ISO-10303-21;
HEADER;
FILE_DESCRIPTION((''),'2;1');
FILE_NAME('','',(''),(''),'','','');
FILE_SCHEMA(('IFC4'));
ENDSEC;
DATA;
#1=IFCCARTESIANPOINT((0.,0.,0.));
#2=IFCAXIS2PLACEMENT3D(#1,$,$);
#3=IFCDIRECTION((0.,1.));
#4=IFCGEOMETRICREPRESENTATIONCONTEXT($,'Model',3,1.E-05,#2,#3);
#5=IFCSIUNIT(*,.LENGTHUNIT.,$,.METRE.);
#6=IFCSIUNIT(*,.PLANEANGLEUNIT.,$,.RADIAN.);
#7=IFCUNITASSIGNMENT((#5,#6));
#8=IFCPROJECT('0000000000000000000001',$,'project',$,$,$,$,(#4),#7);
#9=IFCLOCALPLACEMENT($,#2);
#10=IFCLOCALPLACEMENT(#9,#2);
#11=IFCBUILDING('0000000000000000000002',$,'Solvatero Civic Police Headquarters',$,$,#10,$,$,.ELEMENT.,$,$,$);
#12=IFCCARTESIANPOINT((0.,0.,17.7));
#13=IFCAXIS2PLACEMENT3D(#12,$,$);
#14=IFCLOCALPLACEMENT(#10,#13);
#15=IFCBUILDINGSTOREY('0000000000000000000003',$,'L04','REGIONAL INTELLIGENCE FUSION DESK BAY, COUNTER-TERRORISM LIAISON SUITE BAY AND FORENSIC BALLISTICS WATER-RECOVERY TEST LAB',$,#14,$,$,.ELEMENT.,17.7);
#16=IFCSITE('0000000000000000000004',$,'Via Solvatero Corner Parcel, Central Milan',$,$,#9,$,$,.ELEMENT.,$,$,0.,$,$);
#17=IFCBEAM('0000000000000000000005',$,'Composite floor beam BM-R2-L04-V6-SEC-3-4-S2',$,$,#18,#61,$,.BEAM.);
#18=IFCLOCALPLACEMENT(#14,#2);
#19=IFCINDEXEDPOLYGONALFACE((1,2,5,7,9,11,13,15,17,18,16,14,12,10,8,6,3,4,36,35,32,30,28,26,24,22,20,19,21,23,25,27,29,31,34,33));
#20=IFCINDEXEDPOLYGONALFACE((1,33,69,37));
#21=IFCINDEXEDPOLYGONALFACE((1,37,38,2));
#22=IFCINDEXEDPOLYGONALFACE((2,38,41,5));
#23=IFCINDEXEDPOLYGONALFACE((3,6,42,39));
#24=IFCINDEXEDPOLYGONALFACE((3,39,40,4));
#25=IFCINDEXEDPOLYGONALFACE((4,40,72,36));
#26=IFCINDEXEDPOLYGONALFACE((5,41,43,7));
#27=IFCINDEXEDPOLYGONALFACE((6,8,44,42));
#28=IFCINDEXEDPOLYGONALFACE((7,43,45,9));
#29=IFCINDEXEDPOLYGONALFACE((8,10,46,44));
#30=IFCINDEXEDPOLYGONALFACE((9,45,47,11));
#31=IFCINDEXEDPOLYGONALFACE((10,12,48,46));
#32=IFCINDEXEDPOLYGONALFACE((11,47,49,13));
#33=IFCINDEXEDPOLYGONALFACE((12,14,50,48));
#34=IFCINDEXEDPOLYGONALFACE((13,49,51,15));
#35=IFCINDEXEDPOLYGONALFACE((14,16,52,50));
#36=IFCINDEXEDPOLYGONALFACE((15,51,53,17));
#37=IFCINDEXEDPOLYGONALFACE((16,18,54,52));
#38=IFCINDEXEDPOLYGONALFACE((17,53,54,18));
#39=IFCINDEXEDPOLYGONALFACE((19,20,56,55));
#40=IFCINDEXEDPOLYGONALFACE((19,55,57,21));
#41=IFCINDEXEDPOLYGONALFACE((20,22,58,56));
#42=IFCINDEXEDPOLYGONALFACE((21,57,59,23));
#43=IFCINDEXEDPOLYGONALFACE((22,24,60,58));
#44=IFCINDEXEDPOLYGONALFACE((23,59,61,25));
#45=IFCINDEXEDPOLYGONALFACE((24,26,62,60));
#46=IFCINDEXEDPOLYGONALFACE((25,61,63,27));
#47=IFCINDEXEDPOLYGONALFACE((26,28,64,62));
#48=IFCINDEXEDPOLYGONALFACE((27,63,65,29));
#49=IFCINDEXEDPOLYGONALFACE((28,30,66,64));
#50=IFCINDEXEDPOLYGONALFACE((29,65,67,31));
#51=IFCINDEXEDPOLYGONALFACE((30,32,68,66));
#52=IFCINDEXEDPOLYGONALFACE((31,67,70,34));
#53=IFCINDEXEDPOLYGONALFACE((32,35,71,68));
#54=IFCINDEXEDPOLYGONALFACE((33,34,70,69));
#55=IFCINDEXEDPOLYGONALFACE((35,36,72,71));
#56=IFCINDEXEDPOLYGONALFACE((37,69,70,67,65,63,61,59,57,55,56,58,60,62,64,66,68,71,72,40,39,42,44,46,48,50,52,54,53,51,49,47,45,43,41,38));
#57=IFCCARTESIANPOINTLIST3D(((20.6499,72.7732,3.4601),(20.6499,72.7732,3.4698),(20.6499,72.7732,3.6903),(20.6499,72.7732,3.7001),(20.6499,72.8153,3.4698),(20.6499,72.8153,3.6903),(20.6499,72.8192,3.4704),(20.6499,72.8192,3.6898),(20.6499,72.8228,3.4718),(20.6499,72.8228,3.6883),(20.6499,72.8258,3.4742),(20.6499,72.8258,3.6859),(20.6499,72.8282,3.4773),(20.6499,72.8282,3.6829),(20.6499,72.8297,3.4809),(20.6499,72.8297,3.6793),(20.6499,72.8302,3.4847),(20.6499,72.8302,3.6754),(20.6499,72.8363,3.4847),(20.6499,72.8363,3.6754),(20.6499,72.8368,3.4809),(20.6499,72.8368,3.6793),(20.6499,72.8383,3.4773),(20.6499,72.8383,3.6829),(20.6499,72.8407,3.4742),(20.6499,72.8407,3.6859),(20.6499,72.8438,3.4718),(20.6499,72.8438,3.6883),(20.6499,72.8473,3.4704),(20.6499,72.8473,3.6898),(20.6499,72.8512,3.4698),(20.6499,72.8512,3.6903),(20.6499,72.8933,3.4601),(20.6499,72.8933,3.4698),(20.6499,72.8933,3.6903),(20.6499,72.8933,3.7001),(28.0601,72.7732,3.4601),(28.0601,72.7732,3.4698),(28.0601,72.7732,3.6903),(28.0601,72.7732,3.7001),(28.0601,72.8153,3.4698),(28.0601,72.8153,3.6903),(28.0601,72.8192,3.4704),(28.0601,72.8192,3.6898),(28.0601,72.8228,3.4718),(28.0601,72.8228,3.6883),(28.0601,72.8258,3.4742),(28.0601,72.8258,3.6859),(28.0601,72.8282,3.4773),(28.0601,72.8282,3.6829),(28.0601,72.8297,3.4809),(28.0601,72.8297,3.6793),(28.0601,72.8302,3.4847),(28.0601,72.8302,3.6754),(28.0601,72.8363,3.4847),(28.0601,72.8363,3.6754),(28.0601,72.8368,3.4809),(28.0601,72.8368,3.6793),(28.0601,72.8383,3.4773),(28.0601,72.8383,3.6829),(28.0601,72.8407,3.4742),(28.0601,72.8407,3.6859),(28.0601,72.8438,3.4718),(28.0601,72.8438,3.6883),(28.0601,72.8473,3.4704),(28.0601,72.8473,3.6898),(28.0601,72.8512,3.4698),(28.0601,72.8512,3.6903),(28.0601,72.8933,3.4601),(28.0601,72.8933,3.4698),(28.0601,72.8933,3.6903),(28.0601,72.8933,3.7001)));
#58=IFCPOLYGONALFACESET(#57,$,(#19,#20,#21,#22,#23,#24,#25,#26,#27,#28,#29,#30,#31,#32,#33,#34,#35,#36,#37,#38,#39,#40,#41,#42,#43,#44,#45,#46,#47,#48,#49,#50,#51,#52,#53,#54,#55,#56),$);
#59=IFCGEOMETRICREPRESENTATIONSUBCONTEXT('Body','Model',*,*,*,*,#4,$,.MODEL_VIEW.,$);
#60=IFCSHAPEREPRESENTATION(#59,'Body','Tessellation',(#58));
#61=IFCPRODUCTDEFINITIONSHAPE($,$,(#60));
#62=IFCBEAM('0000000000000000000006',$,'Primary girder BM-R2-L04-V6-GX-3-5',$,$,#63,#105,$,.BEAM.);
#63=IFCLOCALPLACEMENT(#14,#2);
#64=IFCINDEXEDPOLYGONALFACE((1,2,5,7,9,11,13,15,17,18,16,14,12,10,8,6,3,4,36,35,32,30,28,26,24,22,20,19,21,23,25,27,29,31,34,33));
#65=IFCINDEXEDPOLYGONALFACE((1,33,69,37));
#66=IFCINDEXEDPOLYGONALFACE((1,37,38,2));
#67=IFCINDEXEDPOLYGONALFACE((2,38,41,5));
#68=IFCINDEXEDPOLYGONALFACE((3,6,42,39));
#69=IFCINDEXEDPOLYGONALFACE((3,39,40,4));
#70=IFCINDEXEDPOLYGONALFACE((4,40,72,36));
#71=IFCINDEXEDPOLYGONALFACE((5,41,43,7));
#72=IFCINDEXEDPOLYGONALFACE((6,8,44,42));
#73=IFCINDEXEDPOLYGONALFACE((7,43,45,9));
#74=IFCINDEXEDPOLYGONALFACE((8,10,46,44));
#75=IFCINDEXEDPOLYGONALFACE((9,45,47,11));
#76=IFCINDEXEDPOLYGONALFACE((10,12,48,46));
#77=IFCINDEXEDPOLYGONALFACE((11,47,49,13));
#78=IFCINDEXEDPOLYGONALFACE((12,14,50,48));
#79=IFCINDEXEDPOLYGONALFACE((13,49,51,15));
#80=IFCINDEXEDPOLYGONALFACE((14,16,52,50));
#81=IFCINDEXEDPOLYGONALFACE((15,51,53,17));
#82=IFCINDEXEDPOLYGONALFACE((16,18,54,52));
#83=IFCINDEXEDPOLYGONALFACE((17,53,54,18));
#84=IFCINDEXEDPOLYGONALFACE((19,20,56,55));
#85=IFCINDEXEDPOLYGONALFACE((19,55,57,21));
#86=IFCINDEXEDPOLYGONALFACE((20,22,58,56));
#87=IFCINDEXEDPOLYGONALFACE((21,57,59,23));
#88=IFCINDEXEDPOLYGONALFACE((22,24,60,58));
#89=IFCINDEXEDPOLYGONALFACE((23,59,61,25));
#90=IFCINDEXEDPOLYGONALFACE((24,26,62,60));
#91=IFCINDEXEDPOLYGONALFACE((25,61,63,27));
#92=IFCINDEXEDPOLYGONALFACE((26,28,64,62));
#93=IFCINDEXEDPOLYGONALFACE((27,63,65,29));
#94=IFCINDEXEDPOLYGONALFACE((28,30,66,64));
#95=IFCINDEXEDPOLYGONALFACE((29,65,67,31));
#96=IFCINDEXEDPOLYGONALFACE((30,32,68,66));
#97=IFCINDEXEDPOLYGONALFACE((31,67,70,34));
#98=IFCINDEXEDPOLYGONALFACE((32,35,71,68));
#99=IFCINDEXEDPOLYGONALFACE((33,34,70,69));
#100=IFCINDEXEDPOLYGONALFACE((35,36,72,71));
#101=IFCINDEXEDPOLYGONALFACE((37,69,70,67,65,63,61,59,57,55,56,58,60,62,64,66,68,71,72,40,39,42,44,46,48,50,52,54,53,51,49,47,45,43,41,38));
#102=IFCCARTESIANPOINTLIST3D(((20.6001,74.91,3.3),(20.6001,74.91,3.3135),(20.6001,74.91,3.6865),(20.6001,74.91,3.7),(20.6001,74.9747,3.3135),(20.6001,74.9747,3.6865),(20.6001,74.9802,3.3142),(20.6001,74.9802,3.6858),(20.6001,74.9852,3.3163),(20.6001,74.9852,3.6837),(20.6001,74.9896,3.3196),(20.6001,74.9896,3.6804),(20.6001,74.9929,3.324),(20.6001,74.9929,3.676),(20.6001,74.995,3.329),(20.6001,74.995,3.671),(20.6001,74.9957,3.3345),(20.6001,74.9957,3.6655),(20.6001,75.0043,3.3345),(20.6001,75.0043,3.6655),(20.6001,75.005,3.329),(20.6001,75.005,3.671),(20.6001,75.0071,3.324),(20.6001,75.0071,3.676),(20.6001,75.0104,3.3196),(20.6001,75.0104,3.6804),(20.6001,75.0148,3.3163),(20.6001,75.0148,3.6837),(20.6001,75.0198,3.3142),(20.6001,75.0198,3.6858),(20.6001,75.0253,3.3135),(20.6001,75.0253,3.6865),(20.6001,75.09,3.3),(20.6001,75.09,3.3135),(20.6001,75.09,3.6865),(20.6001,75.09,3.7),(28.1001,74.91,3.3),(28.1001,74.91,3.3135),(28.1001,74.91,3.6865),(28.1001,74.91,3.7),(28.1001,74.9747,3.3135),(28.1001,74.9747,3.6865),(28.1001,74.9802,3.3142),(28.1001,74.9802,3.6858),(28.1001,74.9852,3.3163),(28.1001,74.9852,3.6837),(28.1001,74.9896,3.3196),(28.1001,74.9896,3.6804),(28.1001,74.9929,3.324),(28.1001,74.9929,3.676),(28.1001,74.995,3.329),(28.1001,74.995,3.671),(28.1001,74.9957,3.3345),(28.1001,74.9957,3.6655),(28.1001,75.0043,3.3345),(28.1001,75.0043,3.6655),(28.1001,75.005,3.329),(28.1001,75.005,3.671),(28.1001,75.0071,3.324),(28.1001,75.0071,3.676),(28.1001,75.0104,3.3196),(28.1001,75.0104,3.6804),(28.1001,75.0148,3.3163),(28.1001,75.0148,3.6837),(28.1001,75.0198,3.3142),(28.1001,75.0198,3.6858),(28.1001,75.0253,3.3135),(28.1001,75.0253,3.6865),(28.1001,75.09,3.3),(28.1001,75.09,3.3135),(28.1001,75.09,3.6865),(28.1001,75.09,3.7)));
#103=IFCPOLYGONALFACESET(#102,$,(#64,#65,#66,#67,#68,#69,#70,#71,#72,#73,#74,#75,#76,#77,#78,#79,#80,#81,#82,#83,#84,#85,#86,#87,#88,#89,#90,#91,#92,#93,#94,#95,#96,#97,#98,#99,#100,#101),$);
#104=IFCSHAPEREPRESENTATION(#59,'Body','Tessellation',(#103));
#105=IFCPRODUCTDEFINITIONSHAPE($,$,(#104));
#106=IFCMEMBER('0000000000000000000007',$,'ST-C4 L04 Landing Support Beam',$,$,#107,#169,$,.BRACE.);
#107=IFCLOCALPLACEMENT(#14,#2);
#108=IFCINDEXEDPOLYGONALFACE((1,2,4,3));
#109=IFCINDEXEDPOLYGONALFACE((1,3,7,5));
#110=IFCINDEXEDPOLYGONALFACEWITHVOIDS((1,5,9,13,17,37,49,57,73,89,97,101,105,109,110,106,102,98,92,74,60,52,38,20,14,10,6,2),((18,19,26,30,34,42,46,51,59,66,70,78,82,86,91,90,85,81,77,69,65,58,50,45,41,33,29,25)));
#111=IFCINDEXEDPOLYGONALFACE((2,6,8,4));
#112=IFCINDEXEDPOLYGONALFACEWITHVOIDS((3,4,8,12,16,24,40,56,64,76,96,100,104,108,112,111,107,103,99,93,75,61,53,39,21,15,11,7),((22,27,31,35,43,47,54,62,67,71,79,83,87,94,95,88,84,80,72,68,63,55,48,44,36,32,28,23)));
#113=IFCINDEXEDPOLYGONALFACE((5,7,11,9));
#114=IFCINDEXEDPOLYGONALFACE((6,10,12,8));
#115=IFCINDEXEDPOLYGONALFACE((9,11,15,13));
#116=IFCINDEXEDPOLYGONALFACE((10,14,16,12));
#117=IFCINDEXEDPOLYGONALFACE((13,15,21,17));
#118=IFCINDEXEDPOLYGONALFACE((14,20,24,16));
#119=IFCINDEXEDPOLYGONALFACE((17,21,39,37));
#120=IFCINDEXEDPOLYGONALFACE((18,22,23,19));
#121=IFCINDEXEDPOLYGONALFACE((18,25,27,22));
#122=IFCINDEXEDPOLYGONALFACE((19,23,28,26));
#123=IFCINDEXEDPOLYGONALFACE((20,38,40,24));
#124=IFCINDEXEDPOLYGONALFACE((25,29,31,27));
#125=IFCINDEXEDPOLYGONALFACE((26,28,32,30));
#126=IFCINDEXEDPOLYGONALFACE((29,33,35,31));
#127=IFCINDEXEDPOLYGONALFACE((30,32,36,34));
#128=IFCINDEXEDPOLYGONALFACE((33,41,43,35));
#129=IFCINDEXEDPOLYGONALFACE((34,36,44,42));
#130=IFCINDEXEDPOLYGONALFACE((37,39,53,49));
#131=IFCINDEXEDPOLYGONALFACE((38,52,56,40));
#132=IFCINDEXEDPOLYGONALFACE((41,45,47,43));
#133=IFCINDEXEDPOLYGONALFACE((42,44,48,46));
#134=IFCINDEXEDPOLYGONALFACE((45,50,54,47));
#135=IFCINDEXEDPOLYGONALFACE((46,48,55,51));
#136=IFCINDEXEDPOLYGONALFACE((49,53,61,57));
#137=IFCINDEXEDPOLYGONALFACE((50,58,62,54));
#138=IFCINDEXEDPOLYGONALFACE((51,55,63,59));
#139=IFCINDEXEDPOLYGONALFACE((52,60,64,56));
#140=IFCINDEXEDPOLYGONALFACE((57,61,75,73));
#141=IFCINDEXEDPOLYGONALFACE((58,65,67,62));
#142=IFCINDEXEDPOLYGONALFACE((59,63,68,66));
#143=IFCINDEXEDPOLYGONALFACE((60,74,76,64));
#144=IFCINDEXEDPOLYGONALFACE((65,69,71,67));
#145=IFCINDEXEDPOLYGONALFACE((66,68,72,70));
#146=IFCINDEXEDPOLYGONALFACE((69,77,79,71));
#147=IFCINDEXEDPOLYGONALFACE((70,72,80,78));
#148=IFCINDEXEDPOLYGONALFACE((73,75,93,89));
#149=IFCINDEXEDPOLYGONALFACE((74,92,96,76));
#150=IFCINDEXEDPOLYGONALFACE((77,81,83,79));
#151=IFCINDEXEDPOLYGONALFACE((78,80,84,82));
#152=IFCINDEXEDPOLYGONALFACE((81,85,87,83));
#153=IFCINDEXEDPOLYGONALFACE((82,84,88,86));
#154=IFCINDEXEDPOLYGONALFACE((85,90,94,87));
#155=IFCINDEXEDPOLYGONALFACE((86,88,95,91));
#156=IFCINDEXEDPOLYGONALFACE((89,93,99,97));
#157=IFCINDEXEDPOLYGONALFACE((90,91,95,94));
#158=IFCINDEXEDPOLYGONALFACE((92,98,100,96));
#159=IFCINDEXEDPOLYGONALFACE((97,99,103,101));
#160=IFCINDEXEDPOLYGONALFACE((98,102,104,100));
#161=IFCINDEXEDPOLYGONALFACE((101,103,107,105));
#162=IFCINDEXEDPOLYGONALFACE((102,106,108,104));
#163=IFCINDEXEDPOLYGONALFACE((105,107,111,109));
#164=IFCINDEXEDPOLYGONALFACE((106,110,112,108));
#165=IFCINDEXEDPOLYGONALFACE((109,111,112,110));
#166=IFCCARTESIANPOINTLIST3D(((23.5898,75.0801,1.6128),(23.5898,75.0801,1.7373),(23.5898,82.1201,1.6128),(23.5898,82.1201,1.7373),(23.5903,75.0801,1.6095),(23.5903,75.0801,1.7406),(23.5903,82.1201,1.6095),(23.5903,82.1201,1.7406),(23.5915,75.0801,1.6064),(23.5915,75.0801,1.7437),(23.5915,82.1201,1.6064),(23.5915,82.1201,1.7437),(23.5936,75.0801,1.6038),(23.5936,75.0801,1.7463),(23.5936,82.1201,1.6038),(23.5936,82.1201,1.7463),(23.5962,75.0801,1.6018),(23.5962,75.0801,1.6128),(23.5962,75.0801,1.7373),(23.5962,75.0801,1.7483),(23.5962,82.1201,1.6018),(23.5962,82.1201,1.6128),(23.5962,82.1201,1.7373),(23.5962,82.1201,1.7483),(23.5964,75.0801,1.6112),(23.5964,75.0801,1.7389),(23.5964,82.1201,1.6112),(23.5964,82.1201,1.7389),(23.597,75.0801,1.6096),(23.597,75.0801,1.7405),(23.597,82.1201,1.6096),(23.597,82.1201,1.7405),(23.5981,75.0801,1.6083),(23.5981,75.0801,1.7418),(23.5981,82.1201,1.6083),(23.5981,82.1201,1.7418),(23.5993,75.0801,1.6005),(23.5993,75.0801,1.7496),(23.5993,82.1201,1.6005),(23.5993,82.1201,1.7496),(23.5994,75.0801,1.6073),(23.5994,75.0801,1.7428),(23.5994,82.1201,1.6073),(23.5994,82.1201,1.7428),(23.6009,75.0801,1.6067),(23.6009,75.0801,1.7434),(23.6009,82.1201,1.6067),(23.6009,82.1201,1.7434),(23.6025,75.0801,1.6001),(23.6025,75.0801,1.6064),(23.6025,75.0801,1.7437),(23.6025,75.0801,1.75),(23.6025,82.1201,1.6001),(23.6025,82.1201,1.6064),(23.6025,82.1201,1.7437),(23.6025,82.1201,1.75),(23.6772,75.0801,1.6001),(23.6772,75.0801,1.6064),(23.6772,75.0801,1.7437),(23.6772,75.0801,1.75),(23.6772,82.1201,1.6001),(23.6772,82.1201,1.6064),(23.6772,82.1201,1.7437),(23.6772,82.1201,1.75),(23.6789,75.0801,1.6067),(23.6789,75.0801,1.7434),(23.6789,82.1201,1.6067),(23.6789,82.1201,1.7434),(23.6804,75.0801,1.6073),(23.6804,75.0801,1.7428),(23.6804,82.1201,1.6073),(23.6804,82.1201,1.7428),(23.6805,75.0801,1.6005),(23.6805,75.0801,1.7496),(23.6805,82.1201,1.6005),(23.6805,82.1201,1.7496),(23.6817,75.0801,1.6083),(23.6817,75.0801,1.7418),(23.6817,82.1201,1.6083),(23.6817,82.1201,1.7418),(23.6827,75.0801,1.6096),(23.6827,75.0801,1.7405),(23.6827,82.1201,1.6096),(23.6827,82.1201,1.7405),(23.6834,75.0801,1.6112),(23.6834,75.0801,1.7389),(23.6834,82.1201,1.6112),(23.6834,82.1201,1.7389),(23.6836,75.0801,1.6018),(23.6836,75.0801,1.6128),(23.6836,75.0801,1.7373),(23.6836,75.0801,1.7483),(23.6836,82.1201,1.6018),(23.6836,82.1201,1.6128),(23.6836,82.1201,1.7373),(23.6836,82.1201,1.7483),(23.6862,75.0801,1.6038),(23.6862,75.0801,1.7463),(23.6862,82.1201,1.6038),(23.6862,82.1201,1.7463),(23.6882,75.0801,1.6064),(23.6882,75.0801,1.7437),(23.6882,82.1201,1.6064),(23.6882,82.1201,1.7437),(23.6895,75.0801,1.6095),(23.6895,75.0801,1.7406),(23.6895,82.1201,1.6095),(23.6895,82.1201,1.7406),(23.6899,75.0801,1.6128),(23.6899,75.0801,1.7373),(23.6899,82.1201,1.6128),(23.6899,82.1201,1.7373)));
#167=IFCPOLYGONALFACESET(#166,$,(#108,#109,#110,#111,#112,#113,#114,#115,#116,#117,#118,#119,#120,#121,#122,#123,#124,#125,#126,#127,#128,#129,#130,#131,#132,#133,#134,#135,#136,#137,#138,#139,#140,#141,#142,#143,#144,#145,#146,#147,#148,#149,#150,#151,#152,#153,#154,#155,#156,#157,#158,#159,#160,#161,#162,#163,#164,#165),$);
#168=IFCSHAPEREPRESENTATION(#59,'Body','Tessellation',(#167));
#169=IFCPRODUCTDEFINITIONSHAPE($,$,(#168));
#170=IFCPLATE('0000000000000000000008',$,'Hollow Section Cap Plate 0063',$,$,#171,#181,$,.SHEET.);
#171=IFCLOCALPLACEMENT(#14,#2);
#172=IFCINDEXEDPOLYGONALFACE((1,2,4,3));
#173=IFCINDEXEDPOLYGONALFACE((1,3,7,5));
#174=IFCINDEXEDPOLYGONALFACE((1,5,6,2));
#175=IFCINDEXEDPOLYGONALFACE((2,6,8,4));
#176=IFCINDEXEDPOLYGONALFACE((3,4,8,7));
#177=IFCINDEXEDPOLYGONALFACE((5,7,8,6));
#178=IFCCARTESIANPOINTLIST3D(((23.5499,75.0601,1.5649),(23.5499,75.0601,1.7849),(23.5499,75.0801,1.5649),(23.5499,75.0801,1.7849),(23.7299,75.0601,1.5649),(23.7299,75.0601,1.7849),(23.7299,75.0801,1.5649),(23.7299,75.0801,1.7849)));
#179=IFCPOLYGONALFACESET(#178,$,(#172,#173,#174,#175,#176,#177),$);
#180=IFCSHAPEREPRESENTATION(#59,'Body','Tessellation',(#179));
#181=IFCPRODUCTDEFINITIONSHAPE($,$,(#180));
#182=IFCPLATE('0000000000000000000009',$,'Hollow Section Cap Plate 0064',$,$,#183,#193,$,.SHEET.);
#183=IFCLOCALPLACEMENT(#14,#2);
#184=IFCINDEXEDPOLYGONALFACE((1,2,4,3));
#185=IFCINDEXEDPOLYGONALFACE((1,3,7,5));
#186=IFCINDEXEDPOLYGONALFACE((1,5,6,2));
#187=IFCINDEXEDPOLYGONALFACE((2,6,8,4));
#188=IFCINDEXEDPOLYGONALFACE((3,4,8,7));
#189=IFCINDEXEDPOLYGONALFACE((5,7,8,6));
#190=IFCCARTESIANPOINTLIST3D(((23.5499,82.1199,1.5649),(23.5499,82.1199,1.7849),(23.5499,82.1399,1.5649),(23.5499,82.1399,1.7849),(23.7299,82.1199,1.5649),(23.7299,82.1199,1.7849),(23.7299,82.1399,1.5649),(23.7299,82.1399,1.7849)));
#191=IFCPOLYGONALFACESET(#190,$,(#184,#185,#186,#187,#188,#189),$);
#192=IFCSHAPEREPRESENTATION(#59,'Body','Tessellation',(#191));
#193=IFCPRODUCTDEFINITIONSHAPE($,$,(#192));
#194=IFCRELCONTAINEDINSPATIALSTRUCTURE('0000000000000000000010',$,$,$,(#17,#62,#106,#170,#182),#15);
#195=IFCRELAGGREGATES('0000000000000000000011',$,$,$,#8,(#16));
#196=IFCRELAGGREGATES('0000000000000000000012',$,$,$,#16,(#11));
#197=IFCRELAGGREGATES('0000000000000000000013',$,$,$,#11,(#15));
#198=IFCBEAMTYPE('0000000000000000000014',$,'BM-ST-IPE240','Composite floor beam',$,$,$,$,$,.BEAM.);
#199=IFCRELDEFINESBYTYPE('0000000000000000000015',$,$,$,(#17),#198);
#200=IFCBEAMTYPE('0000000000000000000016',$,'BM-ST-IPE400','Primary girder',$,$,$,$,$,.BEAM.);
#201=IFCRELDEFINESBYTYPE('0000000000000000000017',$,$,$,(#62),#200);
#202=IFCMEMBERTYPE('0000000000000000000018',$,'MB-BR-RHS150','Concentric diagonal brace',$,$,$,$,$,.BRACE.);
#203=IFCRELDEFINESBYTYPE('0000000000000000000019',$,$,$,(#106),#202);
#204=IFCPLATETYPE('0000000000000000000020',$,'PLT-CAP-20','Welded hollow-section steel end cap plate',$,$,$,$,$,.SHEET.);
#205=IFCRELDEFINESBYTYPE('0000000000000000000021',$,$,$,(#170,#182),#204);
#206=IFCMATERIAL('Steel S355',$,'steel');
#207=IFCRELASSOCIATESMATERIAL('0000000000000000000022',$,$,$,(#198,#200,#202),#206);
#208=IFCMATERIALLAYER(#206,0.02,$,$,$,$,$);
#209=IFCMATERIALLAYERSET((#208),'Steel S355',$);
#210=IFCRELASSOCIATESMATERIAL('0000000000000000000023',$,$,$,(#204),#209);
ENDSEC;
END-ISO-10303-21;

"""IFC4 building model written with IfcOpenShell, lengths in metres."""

from ifc_helpers import new_model, si_unit, direction, frame, origin, origin_2d, place, context, subcontext, project, spatial, rectangle, hollow_rectangle, i_section, extrude, material, layer, layer_set, material_profile, profile_set, type_object, element, save


model = new_model("IFC4")

# Units and contexts
model_context = context("Model", 3, precision=1e-05, world=origin(), true_north=direction((0.0, 1.0)))
body_context = subcontext(model_context, "Body", "Model", "MODEL_VIEW")
ifc_project = project(units=[si_unit("LENGTHUNIT", "METRE"), si_unit("PLANEANGLEUNIT", "RADIAN")], contexts=[model_context])

# Site, building, storey
site_placement = place(None, origin())
site = spatial("IfcSite", under=ifc_project, at=site_placement, Name="Via Solvatero Corner Parcel, Central Milan", CompositionType="ELEMENT", RefElevation=0.0)
building_placement = place(site_placement, origin())
building = spatial("IfcBuilding", under=site, at=building_placement, Name="Solvatero Civic Police Headquarters", CompositionType="ELEMENT")
storey_placement = place(building_placement, frame((0.0, 0.0, 17.7)))
storey = spatial("IfcBuildingStorey", under=building, at=storey_placement, Name="L04", Description="REGIONAL INTELLIGENCE FUSION DESK BAY, COUNTER-TERRORISM LIAISON SUITE BAY AND FORENSIC BALLISTICS WATER-RECOVERY TEST LAB", CompositionType="ELEMENT", Elevation=17.7)

# Shared definitions
ifc_material_1 = material(Name="Steel S355", Category="steel")

# Beams
ifc_material_profile_1 = material_profile(ifc_material_1, i_section(OverallWidth=0.1201, OverallDepth=0.24, WebThickness=0.0061, FlangeThickness=0.0098, FilletRadius=0.0149, at=origin_2d()), Name="IPE 240")
ifc_profile_set_1 = profile_set([ifc_material_profile_1], Name="Steel S355")
beam_type_1 = type_object("IfcBeamType", Name="BM-ST-IPE240", Description="Composite floor beam", PredefinedType="BEAM", material=ifc_profile_set_1)
beam_1_placement = place(storey_placement, frame((20.6499, 72.8333, 3.5801), z_axis=(1.0, 0.0, 0.0), x_axis=(0.0, 1.0, 0.0)))
element("IfcBeam", 1, at=beam_1_placement, inside=storey, type_object=beam_type_1, Name="Composite floor beam BM-R2-L04-V6-SEC-3-4-S2", PredefinedType="BEAM", context=body_context, shape_type="SweptSolid", body=[
    extrude(i_section(OverallWidth=0.1201, OverallDepth=0.24, WebThickness=0.0061, FlangeThickness=0.0098, FilletRadius=0.0149, at=origin_2d()), origin(), (0.0, 0.0, 1.0), 7.4102),
])
ifc_material_profile_2 = material_profile(ifc_material_1, i_section(OverallWidth=0.1799, OverallDepth=0.3999, WebThickness=0.0085, FlangeThickness=0.0134, FilletRadius=0.021, at=origin_2d()), Name="IPE 400")
ifc_profile_set_2 = profile_set([ifc_material_profile_2], Name="Steel S355")
beam_type_2 = type_object("IfcBeamType", Name="BM-ST-IPE400", Description="Primary girder", PredefinedType="BEAM", material=ifc_profile_set_2)
beam_2_placement = place(storey_placement, frame((20.6001, 75.0, 3.5), z_axis=(1.0, 0.0, 0.0), x_axis=(0.0, 1.0, 0.0)))
element("IfcBeam", 2, at=beam_2_placement, inside=storey, type_object=beam_type_2, Name="Primary girder BM-R2-L04-V6-GX-3-5", PredefinedType="BEAM", context=body_context, shape_type="SweptSolid", body=[
    extrude(i_section(OverallWidth=0.1799, OverallDepth=0.3999, WebThickness=0.0085, FlangeThickness=0.0134, FilletRadius=0.021, at=origin_2d()), origin(), (0.0, 0.0, 1.0), 7.5),
])

# Member
ifc_material_profile_3 = material_profile(ifc_material_1, hollow_rectangle(XDim=0.1001, YDim=0.1499, WallThickness=0.0063, InnerFilletRadius=0.0063, OuterFilletRadius=0.0127, at=origin_2d()), Name="RHS 150x100x6.3")
ifc_profile_set_3 = profile_set([ifc_material_profile_3], Name="Steel S355")
member_type = type_object("IfcMemberType", Name="MB-BR-RHS150", Description="Concentric diagonal brace", PredefinedType="BRACE", material=ifc_profile_set_3)
member_placement = place(storey_placement, frame((23.6399, 75.0801, 1.675), z_axis=(0.0, 1.0, 0.0), x_axis=(-1.0, 0.0, 0.0)))
element("IfcMember", 3, at=member_placement, inside=storey, type_object=member_type, Name="ST-C4 L04 Landing Support Beam", PredefinedType="BRACE", context=body_context, shape_type="SweptSolid", body=[
    extrude(hollow_rectangle(XDim=0.1001, YDim=0.1499, WallThickness=0.0063, InnerFilletRadius=0.0063, OuterFilletRadius=0.0127, at=origin_2d()), origin(), (0.0, 0.0, 1.0), 7.04),
])

# Plates
ifc_layer_1 = layer(ifc_material_1, 0.02)
ifc_layer_set_1 = layer_set([ifc_layer_1], Name="Steel S355")
plate_type_1 = type_object("IfcPlateType", Name="PLT-CAP-20", Description="Welded hollow-section steel end cap plate", PredefinedType="SHEET", material=ifc_layer_set_1)
for number, where, z_axis, x_axis, name in (
    (4, (23.6399, 75.0701, 1.5649), (0.0, 0.0, 1.0), (1.0, 0.0, 0.0), "Hollow Section Cap Plate 0063"),
    (5, (23.6399, 82.1299, 1.5649), (0.0, 0.0, 1.0), (1.0, 0.0, 0.0), "Hollow Section Cap Plate 0064"),
):
    element("IfcPlate", number, at=place(storey_placement, frame(where, z_axis=z_axis, x_axis=x_axis)), inside=storey, type_object=plate_type_1, Name=name, PredefinedType="SHEET", context=body_context, shape_type="SweptSolid", body=[
        extrude(rectangle(XDim=0.1799, YDim=0.02, at=origin_2d()), origin(), (0.0, 0.0, 1.0), 0.22),
    ])

save(model, "model.ifc")
